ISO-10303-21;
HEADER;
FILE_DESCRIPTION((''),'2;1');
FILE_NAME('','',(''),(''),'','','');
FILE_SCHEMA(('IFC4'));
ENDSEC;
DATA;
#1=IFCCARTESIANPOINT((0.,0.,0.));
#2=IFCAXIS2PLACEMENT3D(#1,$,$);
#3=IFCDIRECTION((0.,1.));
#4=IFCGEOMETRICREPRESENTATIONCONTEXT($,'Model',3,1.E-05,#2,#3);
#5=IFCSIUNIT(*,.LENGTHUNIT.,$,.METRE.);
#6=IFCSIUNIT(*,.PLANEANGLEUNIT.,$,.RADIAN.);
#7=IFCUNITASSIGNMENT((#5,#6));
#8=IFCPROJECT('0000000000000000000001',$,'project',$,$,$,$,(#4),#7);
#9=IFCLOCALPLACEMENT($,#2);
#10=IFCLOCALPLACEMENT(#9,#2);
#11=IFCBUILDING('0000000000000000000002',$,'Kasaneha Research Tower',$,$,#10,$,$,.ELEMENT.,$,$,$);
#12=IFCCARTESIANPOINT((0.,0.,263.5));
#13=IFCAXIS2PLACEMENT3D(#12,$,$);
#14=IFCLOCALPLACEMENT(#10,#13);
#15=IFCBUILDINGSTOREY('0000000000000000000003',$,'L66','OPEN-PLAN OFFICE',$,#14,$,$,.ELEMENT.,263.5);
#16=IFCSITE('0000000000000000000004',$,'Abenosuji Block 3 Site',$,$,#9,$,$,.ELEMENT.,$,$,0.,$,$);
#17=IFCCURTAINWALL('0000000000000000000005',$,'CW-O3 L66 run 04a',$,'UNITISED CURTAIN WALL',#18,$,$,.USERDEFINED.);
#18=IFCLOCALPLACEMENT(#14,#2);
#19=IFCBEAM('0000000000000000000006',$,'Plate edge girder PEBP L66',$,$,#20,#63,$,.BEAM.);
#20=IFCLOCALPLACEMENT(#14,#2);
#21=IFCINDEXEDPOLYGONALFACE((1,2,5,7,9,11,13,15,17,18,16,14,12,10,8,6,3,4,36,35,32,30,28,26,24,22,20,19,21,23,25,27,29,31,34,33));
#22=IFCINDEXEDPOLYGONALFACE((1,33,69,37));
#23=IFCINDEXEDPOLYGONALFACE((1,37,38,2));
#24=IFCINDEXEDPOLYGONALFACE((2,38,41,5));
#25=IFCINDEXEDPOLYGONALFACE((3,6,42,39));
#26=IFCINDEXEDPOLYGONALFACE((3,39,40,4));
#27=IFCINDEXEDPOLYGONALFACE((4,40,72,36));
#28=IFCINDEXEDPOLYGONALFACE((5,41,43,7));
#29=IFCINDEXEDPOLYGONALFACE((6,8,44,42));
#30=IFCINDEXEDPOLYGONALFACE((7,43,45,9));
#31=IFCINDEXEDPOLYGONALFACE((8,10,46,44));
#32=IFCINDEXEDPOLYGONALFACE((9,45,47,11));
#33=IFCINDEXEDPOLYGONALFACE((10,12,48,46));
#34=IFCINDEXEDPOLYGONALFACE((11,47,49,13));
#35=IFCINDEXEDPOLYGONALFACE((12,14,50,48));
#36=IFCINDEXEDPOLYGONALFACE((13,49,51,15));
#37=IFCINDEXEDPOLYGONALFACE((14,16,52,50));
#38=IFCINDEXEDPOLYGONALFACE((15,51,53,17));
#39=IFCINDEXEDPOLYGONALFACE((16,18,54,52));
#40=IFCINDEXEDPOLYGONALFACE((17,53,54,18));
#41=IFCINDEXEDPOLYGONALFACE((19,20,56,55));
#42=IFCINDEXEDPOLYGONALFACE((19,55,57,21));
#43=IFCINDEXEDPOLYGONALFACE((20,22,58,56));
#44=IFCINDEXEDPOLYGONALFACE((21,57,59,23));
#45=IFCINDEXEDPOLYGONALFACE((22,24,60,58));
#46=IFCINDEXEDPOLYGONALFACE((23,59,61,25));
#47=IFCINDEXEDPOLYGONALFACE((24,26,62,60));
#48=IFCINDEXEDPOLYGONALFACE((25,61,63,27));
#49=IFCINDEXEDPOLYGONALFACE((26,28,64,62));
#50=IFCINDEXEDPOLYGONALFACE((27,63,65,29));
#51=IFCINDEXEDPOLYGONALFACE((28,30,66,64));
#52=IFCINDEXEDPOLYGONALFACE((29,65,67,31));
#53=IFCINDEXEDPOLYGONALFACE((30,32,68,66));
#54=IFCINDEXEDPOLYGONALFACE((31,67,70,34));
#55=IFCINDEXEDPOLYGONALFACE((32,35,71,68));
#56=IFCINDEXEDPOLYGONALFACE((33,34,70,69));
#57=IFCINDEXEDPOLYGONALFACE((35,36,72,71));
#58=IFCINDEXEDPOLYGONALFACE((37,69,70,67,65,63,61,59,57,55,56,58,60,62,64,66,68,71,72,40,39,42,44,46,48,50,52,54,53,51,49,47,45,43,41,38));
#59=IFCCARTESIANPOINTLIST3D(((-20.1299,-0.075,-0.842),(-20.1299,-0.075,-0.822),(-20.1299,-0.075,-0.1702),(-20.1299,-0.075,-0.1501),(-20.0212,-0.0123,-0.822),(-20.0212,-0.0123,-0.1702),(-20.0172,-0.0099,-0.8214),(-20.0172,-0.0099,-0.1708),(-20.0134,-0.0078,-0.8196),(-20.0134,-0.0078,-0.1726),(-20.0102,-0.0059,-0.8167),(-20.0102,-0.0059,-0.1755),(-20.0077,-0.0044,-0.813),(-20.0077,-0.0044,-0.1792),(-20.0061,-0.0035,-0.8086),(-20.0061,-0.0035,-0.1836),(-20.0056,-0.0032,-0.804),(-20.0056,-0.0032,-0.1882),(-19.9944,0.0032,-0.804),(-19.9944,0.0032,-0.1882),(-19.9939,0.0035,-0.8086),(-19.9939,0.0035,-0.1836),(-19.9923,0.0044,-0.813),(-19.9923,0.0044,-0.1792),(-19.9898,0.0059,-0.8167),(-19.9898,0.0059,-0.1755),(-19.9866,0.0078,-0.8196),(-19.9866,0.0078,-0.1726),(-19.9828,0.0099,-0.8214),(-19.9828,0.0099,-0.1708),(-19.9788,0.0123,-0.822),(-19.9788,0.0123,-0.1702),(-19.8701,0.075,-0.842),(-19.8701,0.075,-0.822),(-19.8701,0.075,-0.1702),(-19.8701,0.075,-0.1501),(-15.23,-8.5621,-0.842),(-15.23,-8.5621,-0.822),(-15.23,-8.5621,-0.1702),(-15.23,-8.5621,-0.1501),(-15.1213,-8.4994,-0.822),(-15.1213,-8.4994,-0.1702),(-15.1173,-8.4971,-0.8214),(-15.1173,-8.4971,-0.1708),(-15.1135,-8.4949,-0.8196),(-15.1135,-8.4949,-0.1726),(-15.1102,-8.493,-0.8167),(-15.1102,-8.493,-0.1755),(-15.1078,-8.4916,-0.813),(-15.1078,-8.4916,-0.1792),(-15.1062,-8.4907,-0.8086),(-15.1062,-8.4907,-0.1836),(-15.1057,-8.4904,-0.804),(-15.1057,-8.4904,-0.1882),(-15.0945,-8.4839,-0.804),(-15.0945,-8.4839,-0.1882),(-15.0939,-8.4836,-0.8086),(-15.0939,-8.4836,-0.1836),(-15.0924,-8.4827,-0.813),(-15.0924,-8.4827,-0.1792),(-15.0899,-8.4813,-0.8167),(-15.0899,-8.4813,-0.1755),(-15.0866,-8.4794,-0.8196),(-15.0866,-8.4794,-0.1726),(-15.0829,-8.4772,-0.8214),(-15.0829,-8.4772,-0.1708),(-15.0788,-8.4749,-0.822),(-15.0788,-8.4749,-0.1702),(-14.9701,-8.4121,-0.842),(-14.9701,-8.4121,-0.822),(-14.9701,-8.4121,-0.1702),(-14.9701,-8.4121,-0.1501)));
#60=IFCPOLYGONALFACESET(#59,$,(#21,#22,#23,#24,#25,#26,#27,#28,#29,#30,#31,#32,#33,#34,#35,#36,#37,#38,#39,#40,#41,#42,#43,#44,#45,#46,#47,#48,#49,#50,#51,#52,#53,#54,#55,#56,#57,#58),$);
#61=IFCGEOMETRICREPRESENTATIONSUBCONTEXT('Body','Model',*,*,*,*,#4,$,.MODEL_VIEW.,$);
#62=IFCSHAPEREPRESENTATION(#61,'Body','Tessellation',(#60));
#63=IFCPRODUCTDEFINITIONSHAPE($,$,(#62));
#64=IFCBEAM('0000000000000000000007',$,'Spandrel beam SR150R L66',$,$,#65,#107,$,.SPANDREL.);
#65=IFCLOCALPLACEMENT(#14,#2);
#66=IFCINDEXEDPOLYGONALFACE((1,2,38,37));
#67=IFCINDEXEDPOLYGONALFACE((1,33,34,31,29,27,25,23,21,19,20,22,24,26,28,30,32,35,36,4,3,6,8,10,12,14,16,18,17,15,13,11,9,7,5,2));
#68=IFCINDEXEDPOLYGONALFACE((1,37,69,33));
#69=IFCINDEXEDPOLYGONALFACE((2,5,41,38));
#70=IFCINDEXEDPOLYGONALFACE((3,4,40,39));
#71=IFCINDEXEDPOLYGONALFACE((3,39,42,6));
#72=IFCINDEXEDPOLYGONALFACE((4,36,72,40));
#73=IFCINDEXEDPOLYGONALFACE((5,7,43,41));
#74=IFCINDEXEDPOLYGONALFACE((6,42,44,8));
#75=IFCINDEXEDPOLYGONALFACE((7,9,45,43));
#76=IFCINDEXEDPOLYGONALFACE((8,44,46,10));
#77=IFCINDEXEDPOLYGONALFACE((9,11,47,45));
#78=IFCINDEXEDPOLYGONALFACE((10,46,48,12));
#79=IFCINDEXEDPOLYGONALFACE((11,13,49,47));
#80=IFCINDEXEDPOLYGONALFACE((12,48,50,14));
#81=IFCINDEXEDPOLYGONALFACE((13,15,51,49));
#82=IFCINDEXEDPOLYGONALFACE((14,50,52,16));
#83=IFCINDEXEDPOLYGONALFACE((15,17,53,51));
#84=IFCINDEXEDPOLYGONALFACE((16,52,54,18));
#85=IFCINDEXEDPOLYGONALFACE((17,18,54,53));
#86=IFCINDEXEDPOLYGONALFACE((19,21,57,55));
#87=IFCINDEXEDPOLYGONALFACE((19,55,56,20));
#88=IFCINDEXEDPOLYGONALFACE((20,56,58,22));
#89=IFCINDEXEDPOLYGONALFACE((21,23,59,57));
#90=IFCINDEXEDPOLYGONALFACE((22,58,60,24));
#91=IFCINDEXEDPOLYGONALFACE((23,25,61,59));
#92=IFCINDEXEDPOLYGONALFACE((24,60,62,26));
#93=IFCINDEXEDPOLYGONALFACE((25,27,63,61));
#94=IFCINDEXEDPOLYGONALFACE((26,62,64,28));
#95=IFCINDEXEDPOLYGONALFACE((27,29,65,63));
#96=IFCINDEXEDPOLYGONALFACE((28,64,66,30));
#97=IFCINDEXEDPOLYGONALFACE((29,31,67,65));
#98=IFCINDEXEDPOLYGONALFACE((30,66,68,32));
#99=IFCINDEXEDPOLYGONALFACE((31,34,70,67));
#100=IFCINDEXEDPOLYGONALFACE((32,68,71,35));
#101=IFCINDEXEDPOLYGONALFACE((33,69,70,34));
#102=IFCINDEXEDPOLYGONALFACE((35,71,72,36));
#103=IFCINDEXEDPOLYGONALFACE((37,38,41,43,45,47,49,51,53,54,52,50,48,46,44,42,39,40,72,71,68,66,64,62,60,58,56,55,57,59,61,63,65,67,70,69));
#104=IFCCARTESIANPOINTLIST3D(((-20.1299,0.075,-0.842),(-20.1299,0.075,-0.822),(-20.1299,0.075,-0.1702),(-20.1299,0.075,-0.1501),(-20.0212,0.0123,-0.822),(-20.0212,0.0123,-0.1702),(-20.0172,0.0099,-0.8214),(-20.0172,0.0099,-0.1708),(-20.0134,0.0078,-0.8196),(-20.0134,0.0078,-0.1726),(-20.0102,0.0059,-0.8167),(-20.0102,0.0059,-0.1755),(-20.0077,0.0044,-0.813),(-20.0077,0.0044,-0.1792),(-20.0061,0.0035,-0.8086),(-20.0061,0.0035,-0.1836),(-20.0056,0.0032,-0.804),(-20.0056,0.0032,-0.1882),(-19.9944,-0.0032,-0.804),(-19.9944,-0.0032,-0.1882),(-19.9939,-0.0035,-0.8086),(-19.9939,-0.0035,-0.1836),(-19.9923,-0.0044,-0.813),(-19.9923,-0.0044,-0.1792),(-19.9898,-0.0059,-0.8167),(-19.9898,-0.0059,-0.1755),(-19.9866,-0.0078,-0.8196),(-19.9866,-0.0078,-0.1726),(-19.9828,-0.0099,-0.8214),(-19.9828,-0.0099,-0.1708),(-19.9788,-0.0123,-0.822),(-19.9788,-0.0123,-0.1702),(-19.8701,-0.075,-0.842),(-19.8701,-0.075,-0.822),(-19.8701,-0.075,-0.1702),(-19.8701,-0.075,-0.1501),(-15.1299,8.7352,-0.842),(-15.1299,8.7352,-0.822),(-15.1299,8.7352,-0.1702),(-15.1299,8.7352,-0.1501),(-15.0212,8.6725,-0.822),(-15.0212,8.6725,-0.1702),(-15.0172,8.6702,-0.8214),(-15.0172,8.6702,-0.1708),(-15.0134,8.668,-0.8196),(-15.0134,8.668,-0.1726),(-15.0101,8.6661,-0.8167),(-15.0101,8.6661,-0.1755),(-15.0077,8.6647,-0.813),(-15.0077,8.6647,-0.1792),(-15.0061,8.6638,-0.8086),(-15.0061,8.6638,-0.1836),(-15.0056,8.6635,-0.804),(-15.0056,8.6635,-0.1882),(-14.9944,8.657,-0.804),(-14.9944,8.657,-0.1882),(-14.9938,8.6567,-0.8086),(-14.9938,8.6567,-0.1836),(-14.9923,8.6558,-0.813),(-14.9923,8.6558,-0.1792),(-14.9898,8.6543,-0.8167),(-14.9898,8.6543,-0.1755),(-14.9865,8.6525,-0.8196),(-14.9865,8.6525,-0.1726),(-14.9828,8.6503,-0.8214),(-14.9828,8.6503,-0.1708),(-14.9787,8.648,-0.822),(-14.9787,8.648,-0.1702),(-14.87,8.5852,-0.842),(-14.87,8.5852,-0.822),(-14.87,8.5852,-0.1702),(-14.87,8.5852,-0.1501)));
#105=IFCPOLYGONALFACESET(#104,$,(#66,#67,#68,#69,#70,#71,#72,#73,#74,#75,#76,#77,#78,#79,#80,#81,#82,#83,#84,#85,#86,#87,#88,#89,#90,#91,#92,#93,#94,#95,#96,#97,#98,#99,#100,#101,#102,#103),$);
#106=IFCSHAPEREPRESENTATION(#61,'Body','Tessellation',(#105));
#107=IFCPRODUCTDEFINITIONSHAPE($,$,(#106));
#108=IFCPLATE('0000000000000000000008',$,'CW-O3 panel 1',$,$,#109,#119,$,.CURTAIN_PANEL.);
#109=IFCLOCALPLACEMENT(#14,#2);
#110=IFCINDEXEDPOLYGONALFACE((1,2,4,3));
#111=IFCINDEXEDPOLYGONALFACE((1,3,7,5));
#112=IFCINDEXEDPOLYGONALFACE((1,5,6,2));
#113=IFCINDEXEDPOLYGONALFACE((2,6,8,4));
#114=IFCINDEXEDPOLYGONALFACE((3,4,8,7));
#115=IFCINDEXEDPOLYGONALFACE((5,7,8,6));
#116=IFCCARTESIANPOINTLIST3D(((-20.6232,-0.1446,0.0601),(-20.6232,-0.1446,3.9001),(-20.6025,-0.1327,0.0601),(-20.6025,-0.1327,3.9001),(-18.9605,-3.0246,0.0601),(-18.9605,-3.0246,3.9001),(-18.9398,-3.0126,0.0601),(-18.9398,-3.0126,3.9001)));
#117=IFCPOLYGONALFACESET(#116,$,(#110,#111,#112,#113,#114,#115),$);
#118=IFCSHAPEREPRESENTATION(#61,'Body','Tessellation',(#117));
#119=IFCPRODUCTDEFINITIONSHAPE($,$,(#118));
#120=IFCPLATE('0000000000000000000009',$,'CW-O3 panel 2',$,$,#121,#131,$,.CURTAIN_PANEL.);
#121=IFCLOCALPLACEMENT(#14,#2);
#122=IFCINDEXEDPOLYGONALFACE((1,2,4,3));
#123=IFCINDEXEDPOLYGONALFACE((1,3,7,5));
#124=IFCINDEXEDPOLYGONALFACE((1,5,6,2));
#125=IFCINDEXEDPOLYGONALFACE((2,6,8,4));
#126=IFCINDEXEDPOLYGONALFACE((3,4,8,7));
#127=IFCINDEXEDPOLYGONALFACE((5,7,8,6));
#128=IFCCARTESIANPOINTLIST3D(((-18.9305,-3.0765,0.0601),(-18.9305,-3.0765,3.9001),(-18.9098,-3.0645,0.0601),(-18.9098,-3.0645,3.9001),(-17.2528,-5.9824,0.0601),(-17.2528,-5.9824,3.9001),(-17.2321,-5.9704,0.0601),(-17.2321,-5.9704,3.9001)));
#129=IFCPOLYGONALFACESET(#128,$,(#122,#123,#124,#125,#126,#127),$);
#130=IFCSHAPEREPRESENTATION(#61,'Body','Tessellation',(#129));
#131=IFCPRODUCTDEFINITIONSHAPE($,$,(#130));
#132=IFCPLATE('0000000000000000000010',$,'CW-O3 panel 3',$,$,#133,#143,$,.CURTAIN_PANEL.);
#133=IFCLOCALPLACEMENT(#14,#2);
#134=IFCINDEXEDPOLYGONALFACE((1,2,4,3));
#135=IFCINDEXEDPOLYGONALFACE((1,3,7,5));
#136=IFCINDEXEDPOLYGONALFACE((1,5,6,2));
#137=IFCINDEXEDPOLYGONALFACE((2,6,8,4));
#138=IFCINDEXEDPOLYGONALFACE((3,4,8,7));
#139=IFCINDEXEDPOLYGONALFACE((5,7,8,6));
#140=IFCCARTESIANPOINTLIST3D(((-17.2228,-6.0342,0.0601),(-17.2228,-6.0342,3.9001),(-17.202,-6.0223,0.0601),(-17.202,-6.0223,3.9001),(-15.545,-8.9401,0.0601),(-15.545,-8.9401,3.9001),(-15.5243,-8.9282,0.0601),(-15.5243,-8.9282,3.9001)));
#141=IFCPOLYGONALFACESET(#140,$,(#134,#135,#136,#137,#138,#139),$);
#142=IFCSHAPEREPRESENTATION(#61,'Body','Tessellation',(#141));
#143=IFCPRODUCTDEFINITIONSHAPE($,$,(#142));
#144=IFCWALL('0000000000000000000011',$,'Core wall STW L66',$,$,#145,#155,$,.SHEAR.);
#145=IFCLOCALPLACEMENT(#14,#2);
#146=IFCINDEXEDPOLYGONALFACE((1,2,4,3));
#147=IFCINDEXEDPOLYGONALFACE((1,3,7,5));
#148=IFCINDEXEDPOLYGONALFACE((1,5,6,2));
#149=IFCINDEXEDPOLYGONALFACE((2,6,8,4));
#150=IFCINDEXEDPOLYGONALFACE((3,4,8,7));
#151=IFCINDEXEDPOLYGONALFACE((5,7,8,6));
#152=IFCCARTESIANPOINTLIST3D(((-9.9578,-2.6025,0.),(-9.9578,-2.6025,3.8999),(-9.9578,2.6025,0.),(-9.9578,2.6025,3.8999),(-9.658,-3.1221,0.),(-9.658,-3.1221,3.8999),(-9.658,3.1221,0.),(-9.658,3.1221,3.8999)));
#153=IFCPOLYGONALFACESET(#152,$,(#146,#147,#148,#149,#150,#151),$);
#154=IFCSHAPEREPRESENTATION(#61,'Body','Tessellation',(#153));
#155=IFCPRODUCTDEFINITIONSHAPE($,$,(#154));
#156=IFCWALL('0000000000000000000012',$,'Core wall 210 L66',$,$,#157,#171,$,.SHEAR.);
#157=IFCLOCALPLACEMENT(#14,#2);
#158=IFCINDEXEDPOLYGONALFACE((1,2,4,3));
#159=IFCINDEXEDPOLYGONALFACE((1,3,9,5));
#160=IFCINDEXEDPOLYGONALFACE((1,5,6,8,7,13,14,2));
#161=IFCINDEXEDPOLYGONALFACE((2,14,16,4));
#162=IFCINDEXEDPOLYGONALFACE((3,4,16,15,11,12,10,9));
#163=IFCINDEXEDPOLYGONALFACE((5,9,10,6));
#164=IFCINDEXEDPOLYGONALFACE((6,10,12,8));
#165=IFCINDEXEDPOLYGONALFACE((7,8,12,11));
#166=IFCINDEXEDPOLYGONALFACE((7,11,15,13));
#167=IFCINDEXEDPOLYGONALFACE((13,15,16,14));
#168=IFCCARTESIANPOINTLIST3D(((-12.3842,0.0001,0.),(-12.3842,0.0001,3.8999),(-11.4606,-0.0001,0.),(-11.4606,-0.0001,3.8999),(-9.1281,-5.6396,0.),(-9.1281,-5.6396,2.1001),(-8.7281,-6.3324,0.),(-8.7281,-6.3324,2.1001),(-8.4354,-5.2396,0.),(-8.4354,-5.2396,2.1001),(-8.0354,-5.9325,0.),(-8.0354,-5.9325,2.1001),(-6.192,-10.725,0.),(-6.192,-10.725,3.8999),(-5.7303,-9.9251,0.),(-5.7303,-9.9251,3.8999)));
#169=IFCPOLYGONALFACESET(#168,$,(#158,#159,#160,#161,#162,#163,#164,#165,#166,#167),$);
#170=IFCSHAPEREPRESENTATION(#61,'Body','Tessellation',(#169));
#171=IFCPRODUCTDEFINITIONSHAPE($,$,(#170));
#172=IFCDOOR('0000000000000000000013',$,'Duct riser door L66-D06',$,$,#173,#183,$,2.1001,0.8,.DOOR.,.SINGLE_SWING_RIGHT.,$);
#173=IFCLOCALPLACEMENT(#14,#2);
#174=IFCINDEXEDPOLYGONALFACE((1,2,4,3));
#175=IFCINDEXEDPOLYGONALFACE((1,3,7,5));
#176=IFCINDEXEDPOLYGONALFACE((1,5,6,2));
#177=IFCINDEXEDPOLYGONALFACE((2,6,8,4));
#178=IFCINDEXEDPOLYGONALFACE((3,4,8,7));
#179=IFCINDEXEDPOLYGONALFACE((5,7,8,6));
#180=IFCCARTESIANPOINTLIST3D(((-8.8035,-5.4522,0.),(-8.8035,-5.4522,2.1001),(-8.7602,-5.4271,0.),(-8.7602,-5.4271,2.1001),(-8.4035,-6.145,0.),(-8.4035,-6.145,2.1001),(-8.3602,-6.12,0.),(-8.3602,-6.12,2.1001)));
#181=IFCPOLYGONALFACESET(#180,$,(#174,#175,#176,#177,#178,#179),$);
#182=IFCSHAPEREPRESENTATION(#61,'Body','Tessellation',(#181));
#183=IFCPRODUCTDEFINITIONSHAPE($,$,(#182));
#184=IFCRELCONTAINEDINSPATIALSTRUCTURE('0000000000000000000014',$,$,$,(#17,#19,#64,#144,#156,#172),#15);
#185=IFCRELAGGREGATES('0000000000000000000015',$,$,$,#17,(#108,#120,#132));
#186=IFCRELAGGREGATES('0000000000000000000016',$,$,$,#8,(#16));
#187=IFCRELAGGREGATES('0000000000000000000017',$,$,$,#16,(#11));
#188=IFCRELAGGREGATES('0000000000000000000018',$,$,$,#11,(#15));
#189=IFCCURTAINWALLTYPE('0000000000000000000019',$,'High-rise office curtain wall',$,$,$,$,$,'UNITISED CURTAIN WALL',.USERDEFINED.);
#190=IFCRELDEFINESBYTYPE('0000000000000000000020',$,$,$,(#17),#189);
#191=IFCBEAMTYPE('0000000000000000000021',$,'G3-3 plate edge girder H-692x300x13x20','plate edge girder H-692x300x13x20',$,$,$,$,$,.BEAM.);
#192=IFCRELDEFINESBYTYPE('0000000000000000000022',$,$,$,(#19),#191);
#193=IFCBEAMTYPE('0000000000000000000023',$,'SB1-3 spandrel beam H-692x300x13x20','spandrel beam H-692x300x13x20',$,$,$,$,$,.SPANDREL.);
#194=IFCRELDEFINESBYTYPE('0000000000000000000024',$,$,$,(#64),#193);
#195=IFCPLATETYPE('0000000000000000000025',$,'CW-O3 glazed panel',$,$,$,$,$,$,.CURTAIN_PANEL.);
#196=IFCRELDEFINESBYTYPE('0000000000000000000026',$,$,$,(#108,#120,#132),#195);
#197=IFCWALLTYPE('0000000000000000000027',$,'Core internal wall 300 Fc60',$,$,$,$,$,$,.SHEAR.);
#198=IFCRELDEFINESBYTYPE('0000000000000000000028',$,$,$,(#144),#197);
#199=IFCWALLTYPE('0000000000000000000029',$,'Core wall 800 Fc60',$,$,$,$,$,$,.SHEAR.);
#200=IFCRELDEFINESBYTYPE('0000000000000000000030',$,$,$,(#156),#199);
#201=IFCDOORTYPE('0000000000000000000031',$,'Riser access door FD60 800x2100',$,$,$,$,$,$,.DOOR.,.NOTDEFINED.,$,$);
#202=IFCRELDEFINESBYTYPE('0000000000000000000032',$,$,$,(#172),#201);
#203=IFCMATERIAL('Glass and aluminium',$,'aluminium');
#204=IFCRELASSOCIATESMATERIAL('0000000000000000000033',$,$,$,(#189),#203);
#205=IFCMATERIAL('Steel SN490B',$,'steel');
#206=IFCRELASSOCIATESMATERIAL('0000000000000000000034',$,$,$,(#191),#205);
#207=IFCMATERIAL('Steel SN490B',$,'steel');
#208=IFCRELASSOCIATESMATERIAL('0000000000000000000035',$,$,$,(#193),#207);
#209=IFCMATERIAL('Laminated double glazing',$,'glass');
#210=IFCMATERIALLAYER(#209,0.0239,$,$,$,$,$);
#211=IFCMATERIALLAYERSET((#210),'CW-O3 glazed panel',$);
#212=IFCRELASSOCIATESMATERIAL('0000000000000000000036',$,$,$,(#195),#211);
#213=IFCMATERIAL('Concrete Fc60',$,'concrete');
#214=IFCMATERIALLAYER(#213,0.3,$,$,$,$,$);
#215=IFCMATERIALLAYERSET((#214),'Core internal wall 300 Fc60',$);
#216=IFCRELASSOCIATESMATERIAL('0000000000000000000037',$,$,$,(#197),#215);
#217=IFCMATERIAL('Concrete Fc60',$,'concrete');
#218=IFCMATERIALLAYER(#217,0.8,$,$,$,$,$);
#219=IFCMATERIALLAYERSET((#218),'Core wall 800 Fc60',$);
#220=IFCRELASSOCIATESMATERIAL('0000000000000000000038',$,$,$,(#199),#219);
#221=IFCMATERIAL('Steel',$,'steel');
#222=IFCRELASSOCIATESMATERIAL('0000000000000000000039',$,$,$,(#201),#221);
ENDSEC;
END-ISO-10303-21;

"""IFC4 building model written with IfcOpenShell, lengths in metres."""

from ifc_helpers import new_model, si_unit, direction, frame, frame_2d, origin, origin_2d, place, context, subcontext, project, spatial, polyline, rectangle, i_section, outline, extrude, material, layer, layer_set, material_profile, profile_set, type_object, element, fill, aggregate, save


model = new_model("IFC4")

# Units and contexts
model_context = context("Model", 3, precision=1e-05, world=origin(), true_north=direction((0.0, 1.0)))
body_context = subcontext(model_context, "Body", "Model", "MODEL_VIEW")
ifc_project = project(units=[si_unit("LENGTHUNIT", "METRE"), si_unit("PLANEANGLEUNIT", "RADIAN")], contexts=[model_context])

# Site, building, storey
site_placement = place(None, origin())
site = spatial("IfcSite", under=ifc_project, at=site_placement, Name="Abenosuji Block 3 Site", CompositionType="ELEMENT", RefElevation=0.0)
building_placement = place(site_placement, origin())
building = spatial("IfcBuilding", under=site, at=building_placement, Name="Kasaneha Research Tower", CompositionType="ELEMENT")
storey_placement = place(building_placement, frame((0.0, 0.0, 263.5)))
storey = spatial("IfcBuildingStorey", under=building, at=storey_placement, Name="L66", Description="OPEN-PLAN OFFICE", CompositionType="ELEMENT", Elevation=263.5)

# Curtain wall
ifc_material_1 = material(Name="Glass and aluminium", Category="aluminium")
curtain_wall_type = type_object("IfcCurtainWallType", Name="High-rise office curtain wall", ElementType="UNITISED CURTAIN WALL", PredefinedType="USERDEFINED", material=ifc_material_1)
curtain_wall_placement = place(storey_placement, origin())
curtain_wall = element("IfcCurtainWall", 1, at=curtain_wall_placement, inside=storey, type_object=curtain_wall_type, Name="CW-O3 L66 run 04a", ObjectType="UNITISED CURTAIN WALL", PredefinedType="USERDEFINED")

# Beams
ifc_material_2 = material(Name="Steel SN490B", Category="steel")
ifc_material_profile_1 = material_profile(ifc_material_2, i_section(OverallWidth=0.3, OverallDepth=0.6919, WebThickness=0.0129, FlangeThickness=0.02, FilletRadius=0.0181, at=origin_2d()), Name="H-692x300x13x20")
ifc_profile_set_1 = profile_set([ifc_material_profile_1], Name="Steel SN490B")
beam_type_1 = type_object("IfcBeamType", Name="G3-3 plate edge girder H-692x300x13x20", Description="plate edge girder H-692x300x13x20", PredefinedType="BEAM", material=ifc_profile_set_1)
beam_1_placement = place(storey_placement, frame((-20.0, 0.0, -0.4961), z_axis=(0.499992, -0.86603, 0.0), x_axis=(0.86603, 0.499992, 0.0)))
element("IfcBeam", 2, at=beam_1_placement, inside=storey, type_object=beam_type_1, Name="Plate edge girder PEBP L66", PredefinedType="BEAM", context=body_context, shape_type="SweptSolid", body=[
    extrude(i_section(OverallWidth=0.3, OverallDepth=0.6919, WebThickness=0.0129, FlangeThickness=0.02, FilletRadius=0.0181, at=origin_2d()), origin(), (0.0, 0.0, 1.0), 9.8),
])
ifc_material_3 = material(Name="Steel SN490B", Category="steel")
ifc_material_profile_2 = material_profile(ifc_material_3, i_section(OverallWidth=0.3, OverallDepth=0.6919, WebThickness=0.0129, FlangeThickness=0.02, FilletRadius=0.0181, at=origin_2d()), Name="H-692x300x13x20")
ifc_profile_set_2 = profile_set([ifc_material_profile_2], Name="Steel SN490B")
beam_type_2 = type_object("IfcBeamType", Name="SB1-3 spandrel beam H-692x300x13x20", Description="spandrel beam H-692x300x13x20", PredefinedType="SPANDREL", material=ifc_profile_set_2)
beam_2_placement = place(storey_placement, frame((-20.0, 0.0, -0.4961), z_axis=(0.500004, 0.866023, 0.0), x_axis=(-0.866023, 0.500004, 0.0)))
element("IfcBeam", 3, at=beam_2_placement, inside=storey, type_object=beam_type_2, Name="Spandrel beam SR150R L66", PredefinedType="SPANDREL", context=body_context, shape_type="SweptSolid", body=[
    extrude(i_section(OverallWidth=0.3, OverallDepth=0.6919, WebThickness=0.0129, FlangeThickness=0.02, FilletRadius=0.0181, at=origin_2d()), origin(), (0.0, 0.0, 1.0), 10.0),
])

# Plates
ifc_material_4 = material(Name="Laminated double glazing", Category="glass")
ifc_layer_1 = layer(ifc_material_4, 0.0239)
ifc_layer_set_1 = layer_set([ifc_layer_1], Name="CW-O3 glazed panel")
plate_type = type_object("IfcPlateType", Name="CW-O3 glazed panel", PredefinedType="CURTAIN_PANEL", material=ifc_layer_set_1)
plate_1_placement = place(storey_placement, frame((-19.7815, -1.5786, 0.0601), z_axis=(0.0, 0.0, 1.0), x_axis=(0.5, -0.866025, 0.0)))
plate_1 = element("IfcPlate", 4, at=plate_1_placement, type_object=plate_type, Name="CW-O3 panel 1", PredefinedType="CURTAIN_PANEL", context=body_context, shape_type="SweptSolid", body=[
    extrude(rectangle(XDim=3.3254, YDim=0.0239, at=origin_2d()), origin(), (0.0, 0.0, 1.0), 3.8401),
])
plate_2_placement = place(storey_placement, frame((-18.0813, -4.5234, 0.0601), z_axis=(0.0, 0.0, 1.0), x_axis=(0.5, -0.866025, 0.0)))
plate_2 = element("IfcPlate", 5, at=plate_2_placement, type_object=plate_type, Name="CW-O3 panel 2", PredefinedType="CURTAIN_PANEL", context=body_context, shape_type="SweptSolid", body=[
    extrude(rectangle(XDim=3.3555, YDim=0.0239, at=origin_2d()), origin(), (0.0, 0.0, 1.0), 3.8401),
])
plate_3_placement = place(storey_placement, frame((-16.3735, -7.4812, 0.0601), z_axis=(0.0, 0.0, 1.0), x_axis=(0.5, -0.866025, 0.0)))
plate_3 = element("IfcPlate", 6, at=plate_3_placement, type_object=plate_type, Name="CW-O3 panel 3", PredefinedType="CURTAIN_PANEL", context=body_context, shape_type="SweptSolid", body=[
    extrude(rectangle(XDim=3.3555, YDim=0.0239, at=origin_2d()), origin(), (0.0, 0.0, 1.0), 3.8401),
])
aggregate(curtain_wall, [plate_1, plate_2, plate_3])

# Shared definitions
ifc_material_5 = material(Name="Concrete Fc60", Category="concrete")
ifc_layer_2 = layer(ifc_material_5, 0.3)
ifc_layer_set_2 = layer_set([ifc_layer_2], Name="Core internal wall 300 Fc60")
wall_type_1 = type_object("IfcWallType", Name="Core internal wall 300 Fc60", PredefinedType="SHEAR", material=ifc_layer_set_2)

# Wall
wall_1_placement = place(storey_placement, frame((-9.8079, -2.8623, 0.0), z_axis=(0.0, 0.0, 1.0), x_axis=(0.0, 1.0, 0.0)))
element("IfcWall", 7, at=wall_1_placement, inside=storey, type_object=wall_type_1, Name="Core wall STW L66", PredefinedType="SHEAR", context=body_context, shape_type="SweptSolid", body=[
    extrude(outline(polyline([(-0.2598, -0.1499), (5.9844, -0.1499), (5.4648, 0.1499), (0.2598, 0.1499), (-0.2598, -0.1499)])), origin(), (0.0, 0.0, 1.0), 3.8999),
])

# Wall, opening, door
ifc_material_6 = material(Name="Concrete Fc60", Category="concrete")
ifc_layer_3 = layer(ifc_material_6, 0.8)
ifc_layer_set_3 = layer_set([ifc_layer_3], Name="Core wall 800 Fc60")
wall_type_2 = type_object("IfcWallType", Name="Core wall 800 Fc60", PredefinedType="SHEAR", material=ifc_layer_set_3)
wall_2_placement = place(storey_placement, frame((-11.9224, 0.0, 0.0), z_axis=(0.0, 0.0, 1.0), x_axis=(0.500004, -0.866023, 0.0)))
wall_2 = element("IfcWall", 8, at=wall_2_placement, inside=storey, type_object=wall_type_2, Name="Core wall 210 L66", PredefinedType="SHEAR", context=body_context, shape_type="SweptSolid", body=[
    extrude(outline(polyline([(-0.231, -0.3999), (6.2812, -0.3999), (7.0813, -0.3999), (12.1533, -0.3999), (11.6914, 0.3999), (7.0813, 0.3999), (6.2812, 0.3999), (0.231, 0.3999), (-0.231, -0.3999)])), origin(), (0.0, 0.0, 1.0), 3.8999),
])
opening_1_placement = place(wall_2_placement, frame((6.2812, 0.0, 0.0)))
opening_1 = element("IfcOpeningElement", 9, at=opening_1_placement, cuts=wall_2, PredefinedType="OPENING", context=body_context, shape_type="SweptSolid", body=[
    extrude(rectangle(XDim=0.8, YDim=2.1001, at=frame_2d((0.3999, 1.05))), frame((0.0, 0.4102, 0.0), z_axis=(0.0, -1.0, 0.0), x_axis=(1.0, 0.0, 0.0)), (0.0, 0.0, 1.0), 0.8201),
])
ifc_material_7 = material(Name="Steel", Category="steel")
door_type_1 = type_object("IfcDoorType", Name="Riser access door FD60 800x2100", OperationType="NOTDEFINED", PredefinedType="DOOR", material=ifc_material_7)
door_1_placement = place(opening_1_placement, origin())
door_1 = element("IfcDoor", 10, at=door_1_placement, inside=storey, type_object=door_type_1, Name="Duct riser door L66-D06", OperationType="SINGLE_SWING_RIGHT", OverallHeight=2.1001, OverallWidth=0.8, PredefinedType="DOOR", context=body_context, shape_type="SweptSolid", body=[
    extrude(rectangle(XDim=0.8, YDim=2.1001, at=frame_2d((0.3999, 1.05))), frame((0.0, 0.0249, 0.0), z_axis=(0.0, -1.0, 0.0), x_axis=(1.0, 0.0, 0.0)), (0.0, 0.0, 1.0), 0.05),
])
fill(opening_1, door_1)

save(model, "model.ifc")
